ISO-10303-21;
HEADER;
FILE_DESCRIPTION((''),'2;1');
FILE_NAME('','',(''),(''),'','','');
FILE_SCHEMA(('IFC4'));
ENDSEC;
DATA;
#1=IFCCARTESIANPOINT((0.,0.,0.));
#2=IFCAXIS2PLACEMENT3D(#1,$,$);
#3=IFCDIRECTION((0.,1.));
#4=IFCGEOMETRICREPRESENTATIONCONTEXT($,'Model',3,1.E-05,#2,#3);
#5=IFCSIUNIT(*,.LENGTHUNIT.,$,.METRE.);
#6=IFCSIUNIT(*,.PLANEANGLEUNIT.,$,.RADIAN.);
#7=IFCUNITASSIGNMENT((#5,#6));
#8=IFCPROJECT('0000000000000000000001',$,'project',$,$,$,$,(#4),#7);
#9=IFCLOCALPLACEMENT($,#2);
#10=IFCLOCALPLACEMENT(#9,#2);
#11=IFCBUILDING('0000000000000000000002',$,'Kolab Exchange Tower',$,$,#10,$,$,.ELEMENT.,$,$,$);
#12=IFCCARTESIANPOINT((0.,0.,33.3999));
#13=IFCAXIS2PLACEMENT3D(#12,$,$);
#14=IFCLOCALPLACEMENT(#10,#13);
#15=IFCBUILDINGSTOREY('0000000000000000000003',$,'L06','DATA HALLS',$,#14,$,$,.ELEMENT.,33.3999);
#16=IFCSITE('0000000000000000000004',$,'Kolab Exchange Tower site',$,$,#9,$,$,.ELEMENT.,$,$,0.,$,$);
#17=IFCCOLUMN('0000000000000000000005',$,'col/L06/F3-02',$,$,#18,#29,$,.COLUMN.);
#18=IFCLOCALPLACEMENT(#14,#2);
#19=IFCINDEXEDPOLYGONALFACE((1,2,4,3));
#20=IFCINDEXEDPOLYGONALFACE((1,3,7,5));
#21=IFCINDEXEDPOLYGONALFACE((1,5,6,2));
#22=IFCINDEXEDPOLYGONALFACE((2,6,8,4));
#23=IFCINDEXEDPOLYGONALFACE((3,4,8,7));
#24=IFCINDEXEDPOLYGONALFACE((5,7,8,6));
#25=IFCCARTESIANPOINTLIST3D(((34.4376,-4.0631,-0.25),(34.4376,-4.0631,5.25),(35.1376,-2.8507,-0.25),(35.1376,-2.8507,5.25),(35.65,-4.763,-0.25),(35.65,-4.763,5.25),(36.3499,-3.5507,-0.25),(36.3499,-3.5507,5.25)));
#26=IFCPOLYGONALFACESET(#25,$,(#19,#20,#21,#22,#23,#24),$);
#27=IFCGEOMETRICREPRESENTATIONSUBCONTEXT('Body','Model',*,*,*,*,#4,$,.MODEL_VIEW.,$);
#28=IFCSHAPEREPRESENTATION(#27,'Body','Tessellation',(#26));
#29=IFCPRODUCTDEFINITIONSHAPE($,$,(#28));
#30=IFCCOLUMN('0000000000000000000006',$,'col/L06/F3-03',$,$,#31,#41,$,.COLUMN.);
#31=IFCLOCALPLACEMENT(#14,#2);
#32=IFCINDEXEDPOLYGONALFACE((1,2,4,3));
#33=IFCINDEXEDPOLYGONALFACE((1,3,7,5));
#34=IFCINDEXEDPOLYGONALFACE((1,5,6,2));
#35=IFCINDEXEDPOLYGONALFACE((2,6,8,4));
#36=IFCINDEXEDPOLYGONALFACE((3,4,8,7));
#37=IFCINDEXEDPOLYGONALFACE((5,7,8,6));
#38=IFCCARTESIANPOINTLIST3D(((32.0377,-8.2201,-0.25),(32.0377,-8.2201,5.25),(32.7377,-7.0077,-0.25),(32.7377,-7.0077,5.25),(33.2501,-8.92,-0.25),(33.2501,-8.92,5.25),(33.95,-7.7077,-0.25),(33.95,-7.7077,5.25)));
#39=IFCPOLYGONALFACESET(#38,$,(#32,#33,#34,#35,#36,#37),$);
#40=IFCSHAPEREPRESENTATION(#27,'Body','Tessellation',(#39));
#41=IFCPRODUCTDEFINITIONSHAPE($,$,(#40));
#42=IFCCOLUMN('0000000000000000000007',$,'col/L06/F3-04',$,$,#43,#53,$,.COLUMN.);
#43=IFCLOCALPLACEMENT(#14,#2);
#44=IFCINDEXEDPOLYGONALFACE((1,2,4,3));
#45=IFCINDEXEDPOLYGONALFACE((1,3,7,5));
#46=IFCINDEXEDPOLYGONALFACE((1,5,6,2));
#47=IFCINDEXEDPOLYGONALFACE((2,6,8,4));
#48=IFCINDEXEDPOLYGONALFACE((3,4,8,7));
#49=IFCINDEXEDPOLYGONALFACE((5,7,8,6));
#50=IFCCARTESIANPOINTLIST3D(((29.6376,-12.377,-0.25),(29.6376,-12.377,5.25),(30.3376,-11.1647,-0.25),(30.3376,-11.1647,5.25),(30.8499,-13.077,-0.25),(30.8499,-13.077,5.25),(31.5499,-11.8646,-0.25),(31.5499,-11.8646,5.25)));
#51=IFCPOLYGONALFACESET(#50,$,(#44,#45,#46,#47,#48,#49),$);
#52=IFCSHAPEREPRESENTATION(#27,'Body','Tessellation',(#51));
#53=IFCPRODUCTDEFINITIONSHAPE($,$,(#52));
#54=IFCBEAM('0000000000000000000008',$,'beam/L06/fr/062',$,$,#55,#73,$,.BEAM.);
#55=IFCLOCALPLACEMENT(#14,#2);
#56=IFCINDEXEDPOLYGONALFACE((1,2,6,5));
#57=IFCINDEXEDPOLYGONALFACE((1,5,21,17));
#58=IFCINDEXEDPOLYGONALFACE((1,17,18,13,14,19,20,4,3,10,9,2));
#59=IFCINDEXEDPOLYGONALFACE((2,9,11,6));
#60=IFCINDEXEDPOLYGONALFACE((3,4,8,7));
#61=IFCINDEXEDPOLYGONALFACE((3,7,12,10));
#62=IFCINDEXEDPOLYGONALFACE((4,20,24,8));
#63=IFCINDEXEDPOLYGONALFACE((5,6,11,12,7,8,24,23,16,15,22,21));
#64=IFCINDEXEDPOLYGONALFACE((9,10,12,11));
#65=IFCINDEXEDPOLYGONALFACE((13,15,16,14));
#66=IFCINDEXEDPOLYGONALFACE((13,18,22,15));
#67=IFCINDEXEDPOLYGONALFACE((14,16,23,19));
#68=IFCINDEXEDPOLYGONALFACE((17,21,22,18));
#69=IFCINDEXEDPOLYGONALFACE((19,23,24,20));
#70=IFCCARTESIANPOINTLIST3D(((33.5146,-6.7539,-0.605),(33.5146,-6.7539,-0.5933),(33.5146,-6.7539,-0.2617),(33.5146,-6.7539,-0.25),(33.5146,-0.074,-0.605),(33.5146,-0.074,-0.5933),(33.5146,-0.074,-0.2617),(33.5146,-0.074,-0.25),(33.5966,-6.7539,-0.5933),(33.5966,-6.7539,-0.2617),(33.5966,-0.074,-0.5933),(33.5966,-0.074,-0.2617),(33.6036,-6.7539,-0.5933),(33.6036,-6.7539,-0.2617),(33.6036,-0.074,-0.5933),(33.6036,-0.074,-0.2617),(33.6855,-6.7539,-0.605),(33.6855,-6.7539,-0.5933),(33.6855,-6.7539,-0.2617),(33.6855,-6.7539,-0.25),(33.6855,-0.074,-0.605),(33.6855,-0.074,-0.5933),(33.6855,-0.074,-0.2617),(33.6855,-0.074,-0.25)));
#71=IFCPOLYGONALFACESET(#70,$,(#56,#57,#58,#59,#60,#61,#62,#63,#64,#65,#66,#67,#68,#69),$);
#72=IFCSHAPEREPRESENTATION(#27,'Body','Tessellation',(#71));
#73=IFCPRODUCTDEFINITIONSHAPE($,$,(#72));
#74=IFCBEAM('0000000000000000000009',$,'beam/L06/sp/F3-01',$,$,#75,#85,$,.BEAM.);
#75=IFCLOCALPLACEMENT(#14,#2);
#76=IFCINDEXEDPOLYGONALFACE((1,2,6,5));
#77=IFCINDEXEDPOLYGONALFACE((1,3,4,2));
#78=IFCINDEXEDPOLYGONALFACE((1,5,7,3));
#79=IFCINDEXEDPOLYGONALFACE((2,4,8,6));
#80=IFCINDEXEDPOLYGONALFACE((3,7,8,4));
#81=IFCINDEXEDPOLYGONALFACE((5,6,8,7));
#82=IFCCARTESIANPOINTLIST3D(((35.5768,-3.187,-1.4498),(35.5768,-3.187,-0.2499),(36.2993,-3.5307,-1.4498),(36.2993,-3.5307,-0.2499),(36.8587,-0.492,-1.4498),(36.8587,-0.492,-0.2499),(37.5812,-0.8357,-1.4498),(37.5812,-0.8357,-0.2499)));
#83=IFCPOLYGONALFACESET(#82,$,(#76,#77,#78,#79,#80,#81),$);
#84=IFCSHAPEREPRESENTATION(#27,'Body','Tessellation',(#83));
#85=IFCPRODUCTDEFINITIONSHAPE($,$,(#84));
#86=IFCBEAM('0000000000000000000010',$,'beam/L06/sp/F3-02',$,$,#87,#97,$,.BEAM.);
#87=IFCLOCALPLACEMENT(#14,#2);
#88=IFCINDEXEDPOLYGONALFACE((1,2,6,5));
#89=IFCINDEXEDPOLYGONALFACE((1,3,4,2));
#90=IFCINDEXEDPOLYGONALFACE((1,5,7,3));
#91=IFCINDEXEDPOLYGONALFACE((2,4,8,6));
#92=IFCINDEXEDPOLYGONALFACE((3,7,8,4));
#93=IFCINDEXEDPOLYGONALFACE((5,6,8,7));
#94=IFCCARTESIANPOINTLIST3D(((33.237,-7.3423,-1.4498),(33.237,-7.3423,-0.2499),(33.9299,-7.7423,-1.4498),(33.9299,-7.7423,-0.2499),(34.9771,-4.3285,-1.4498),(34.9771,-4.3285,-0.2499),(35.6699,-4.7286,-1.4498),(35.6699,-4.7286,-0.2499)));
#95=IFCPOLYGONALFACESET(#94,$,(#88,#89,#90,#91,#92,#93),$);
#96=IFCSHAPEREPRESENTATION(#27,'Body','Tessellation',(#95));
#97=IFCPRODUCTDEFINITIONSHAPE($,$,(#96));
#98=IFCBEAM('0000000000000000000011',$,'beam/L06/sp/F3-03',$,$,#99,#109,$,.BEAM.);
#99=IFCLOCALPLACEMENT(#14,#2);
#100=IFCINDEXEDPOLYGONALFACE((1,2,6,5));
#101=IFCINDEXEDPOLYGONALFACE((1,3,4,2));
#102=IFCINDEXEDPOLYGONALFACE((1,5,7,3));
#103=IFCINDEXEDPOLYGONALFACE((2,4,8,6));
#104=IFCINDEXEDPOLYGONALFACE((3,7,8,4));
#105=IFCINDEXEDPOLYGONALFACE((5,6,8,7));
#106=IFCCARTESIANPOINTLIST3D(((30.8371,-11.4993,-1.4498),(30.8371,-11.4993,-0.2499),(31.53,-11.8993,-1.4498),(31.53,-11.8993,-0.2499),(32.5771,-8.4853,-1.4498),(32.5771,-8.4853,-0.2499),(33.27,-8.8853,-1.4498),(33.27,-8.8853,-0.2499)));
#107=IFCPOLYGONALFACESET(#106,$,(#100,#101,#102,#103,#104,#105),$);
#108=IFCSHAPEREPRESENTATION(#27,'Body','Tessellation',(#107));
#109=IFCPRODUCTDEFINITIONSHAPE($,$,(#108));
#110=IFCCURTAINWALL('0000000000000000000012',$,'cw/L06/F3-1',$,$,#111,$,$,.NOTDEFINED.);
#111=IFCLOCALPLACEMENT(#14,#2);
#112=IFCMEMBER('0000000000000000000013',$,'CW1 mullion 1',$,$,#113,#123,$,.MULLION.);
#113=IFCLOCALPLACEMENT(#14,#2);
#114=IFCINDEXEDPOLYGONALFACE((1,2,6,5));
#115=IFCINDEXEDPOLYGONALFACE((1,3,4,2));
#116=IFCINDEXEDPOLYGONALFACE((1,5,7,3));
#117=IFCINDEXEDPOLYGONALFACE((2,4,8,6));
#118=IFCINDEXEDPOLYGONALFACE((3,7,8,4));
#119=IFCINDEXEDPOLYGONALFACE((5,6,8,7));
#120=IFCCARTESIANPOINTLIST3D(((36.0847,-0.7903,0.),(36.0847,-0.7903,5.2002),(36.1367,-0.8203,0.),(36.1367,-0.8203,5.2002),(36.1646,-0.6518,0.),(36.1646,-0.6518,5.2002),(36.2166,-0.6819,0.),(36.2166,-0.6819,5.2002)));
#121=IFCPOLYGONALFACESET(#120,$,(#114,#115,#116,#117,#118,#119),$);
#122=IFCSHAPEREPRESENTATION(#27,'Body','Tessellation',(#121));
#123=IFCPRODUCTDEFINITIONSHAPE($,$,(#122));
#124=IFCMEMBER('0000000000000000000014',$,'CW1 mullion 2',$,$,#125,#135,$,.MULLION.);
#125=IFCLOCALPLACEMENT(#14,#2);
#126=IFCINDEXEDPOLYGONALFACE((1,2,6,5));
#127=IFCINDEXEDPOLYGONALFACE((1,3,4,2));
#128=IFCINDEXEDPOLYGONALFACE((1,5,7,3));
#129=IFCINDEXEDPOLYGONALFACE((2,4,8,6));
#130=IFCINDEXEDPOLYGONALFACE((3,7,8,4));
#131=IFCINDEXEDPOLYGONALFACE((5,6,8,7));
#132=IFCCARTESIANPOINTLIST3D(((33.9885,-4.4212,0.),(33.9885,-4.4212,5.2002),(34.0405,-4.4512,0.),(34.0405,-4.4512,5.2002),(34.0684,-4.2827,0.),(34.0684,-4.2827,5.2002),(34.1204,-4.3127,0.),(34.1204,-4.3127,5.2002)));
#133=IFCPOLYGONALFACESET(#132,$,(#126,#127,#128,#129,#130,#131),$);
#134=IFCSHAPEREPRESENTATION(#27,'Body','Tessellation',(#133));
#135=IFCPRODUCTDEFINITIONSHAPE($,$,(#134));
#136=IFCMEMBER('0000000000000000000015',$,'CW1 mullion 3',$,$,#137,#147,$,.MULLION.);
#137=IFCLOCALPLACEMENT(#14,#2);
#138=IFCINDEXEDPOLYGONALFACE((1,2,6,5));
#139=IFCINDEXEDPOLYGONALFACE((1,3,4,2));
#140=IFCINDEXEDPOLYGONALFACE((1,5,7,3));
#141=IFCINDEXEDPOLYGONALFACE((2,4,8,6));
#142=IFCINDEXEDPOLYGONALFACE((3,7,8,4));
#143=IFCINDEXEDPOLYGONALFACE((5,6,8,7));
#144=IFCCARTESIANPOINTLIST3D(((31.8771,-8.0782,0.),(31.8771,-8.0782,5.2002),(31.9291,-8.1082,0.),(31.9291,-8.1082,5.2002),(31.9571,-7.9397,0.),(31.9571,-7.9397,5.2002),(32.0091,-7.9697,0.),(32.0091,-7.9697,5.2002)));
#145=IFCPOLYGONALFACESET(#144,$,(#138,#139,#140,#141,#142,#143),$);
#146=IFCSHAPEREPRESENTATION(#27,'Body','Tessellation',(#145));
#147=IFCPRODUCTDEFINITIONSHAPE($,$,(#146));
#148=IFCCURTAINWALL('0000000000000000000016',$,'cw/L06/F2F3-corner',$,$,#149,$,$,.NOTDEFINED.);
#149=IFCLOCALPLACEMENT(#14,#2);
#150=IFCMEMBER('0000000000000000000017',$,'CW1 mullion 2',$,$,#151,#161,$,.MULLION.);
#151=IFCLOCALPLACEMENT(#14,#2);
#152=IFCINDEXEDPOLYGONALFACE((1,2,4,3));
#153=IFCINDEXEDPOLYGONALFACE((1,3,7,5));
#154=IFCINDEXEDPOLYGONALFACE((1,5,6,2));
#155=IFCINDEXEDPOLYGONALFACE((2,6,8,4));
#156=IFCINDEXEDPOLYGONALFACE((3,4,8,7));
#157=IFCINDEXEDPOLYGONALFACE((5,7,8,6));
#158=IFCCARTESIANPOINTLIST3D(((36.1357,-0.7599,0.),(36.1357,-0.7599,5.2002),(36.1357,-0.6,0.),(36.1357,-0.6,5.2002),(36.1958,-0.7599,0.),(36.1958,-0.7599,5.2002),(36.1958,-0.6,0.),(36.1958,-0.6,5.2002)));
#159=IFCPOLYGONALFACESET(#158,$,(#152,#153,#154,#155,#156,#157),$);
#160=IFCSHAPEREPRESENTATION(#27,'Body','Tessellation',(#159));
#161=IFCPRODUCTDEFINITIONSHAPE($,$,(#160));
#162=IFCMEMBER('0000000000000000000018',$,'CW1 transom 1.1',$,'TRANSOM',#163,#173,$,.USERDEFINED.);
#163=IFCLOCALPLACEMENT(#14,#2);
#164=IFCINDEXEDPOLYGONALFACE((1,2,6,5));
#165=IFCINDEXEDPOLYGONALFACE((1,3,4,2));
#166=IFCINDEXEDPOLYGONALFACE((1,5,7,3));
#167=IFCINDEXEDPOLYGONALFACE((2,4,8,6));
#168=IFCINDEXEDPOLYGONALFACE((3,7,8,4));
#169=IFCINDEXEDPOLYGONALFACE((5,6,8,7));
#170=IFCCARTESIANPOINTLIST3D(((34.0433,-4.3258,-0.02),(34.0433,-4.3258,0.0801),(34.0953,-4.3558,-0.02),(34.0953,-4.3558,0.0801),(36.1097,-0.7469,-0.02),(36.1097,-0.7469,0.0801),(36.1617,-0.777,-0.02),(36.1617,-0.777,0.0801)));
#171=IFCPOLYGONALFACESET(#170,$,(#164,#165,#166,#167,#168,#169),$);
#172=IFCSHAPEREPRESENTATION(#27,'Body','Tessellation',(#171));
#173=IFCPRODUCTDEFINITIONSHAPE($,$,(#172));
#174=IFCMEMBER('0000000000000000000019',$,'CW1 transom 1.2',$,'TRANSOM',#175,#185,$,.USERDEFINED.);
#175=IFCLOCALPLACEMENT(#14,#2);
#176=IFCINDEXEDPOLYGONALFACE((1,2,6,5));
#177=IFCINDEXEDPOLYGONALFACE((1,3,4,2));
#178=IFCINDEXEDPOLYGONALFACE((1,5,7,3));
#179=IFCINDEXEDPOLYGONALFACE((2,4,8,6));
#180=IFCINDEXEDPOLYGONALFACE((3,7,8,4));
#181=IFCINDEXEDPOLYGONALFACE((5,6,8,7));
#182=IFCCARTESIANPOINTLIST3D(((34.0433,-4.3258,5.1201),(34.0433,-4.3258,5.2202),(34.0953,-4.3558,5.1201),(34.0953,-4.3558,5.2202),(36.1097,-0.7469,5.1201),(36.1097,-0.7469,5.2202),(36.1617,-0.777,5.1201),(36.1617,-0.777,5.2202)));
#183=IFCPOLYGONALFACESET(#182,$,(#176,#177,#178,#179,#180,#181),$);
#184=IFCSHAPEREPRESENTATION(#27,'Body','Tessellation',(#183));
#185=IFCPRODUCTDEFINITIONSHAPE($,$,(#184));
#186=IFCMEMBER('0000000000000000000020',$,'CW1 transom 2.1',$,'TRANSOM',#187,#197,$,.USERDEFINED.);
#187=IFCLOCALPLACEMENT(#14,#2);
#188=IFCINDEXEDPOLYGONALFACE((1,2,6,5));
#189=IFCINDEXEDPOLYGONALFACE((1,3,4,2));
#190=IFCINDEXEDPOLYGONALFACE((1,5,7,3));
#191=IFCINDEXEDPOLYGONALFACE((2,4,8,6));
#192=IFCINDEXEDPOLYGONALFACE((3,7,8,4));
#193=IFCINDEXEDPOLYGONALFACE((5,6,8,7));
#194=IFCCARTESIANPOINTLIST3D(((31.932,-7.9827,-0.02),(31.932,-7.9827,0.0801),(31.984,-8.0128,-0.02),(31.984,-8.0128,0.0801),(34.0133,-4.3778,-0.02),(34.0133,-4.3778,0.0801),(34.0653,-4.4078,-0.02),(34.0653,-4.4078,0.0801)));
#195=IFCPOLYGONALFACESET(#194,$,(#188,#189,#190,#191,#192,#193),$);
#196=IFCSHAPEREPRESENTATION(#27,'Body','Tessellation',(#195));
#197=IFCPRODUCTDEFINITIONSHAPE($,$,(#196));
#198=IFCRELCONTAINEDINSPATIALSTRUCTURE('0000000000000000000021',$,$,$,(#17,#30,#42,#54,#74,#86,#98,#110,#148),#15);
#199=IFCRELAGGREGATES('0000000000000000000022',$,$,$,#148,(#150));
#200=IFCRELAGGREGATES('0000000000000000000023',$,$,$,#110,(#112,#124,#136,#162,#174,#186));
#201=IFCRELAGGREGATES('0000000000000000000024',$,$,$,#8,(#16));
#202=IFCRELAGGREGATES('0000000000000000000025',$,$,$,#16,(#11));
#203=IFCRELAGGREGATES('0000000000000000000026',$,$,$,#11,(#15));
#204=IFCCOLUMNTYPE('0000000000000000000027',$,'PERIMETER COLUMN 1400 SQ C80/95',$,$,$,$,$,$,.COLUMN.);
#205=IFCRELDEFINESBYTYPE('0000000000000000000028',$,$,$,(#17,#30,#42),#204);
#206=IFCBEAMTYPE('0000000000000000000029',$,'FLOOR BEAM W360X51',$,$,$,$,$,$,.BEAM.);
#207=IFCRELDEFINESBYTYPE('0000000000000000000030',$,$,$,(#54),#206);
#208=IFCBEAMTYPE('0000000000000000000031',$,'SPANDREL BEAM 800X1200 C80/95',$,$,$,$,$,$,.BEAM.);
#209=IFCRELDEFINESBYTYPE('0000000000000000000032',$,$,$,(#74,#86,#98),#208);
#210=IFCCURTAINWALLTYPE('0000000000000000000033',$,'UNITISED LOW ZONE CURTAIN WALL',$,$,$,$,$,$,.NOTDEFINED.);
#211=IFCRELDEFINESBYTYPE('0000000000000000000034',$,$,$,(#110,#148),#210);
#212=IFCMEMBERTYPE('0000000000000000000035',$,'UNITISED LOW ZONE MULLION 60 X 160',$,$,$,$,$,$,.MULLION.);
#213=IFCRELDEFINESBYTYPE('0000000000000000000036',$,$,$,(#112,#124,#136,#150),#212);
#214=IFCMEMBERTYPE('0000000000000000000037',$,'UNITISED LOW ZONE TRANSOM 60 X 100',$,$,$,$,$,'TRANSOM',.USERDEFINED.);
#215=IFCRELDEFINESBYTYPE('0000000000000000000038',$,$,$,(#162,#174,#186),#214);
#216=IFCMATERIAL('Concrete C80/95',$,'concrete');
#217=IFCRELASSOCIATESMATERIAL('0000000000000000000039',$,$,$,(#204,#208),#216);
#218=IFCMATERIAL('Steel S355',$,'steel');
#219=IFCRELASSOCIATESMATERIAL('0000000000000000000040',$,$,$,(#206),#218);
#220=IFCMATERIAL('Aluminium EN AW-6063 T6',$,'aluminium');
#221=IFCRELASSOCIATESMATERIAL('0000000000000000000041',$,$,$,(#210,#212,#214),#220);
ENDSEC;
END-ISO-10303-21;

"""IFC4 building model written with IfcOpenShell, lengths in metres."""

from ifc_helpers import new_model, si_unit, direction, frame, origin, origin_2d, place, context, subcontext, project, spatial, rectangle, i_section, extrude, material, material_profile, profile_set, type_object, element, aggregate, save


model = new_model("IFC4")

# Units and contexts
model_context = context("Model", 3, precision=1e-05, world=origin(), true_north=direction((0.0, 1.0)))
body_context = subcontext(model_context, "Body", "Model", "MODEL_VIEW")
ifc_project = project(units=[si_unit("LENGTHUNIT", "METRE"), si_unit("PLANEANGLEUNIT", "RADIAN")], contexts=[model_context])

# Site, building, storey
site_placement = place(None, origin())
site = spatial("IfcSite", under=ifc_project, at=site_placement, Name="Kolab Exchange Tower site", CompositionType="ELEMENT", RefElevation=0.0)
building_placement = place(site_placement, origin())
building = spatial("IfcBuilding", under=site, at=building_placement, Name="Kolab Exchange Tower", CompositionType="ELEMENT")
storey_placement = place(building_placement, frame((0.0, 0.0, 33.3999)))
storey = spatial("IfcBuildingStorey", under=building, at=storey_placement, Name="L06", Description="DATA HALLS", CompositionType="ELEMENT", Elevation=33.3999)

# Columns
ifc_material_1 = material(Name="Concrete C80/95", Category="concrete")
ifc_material_profile_1 = material_profile(ifc_material_1, rectangle(XDim=1.3999, YDim=1.3999, at=origin_2d()), Name="RC1400")
ifc_profile_set_1 = profile_set([ifc_material_profile_1], Name="Concrete C80/95")
column_type = type_object("IfcColumnType", Name="PERIMETER COLUMN 1400 SQ C80/95", PredefinedType="COLUMN", material=ifc_profile_set_1)
for number, where, z_axis, x_axis, name in (
    (1, (35.3938, -3.8069, -0.25), (0.0, 0.0, 1.0), (0.5, 0.866025, 0.0), "col/L06/F3-02"),
    (2, (32.9939, -7.9639, -0.25), (0.0, 0.0, 1.0), (0.5, 0.866025, 0.0), "col/L06/F3-03"),
    (3, (30.5938, -12.1208, -0.25), (0.0, 0.0, 1.0), (0.5, 0.866025, 0.0), "col/L06/F3-04"),
):
    element("IfcColumn", number, at=place(storey_placement, frame(where, z_axis=z_axis, x_axis=x_axis)), inside=storey, type_object=column_type, Name=name, PredefinedType="COLUMN", context=body_context, shape_type="SweptSolid", body=[
        extrude(rectangle(XDim=1.3999, YDim=1.3999, at=origin_2d()), origin(), (0.0, 0.0, 1.0), 5.5),
    ])

# Beams
ifc_material_2 = material(Name="Steel S355", Category="steel")
ifc_material_profile_2 = material_profile(ifc_material_2, i_section(OverallWidth=0.1709, OverallDepth=0.355, WebThickness=0.0071, FlangeThickness=0.0117, at=origin_2d()), Name="W360X51")
ifc_profile_set_2 = profile_set([ifc_material_profile_2], Name="Steel S355")
beam_type_1 = type_object("IfcBeamType", Name="FLOOR BEAM W360X51", PredefinedType="BEAM", material=ifc_profile_set_2)
beam_1_placement = place(storey_placement, frame((33.6001, -6.7539, -0.4275), z_axis=(0.0, 1.0, 0.0), x_axis=(-1.0, 0.0, 0.0)))
element("IfcBeam", 4, at=beam_1_placement, inside=storey, type_object=beam_type_1, Name="beam/L06/fr/062", PredefinedType="BEAM", context=body_context, shape_type="SweptSolid", body=[
    extrude(i_section(OverallWidth=0.1709, OverallDepth=0.355, WebThickness=0.0071, FlangeThickness=0.0117, at=origin_2d()), origin(), (0.0, 0.0, 1.0), 6.6799),
])
ifc_material_profile_3 = material_profile(ifc_material_1, rectangle(XDim=0.8, YDim=1.2, at=origin_2d()), Name="RC800X1200")
ifc_profile_set_3 = profile_set([ifc_material_profile_3], Name="Concrete C80/95")
beam_type_2 = type_object("IfcBeamType", Name="SPANDREL BEAM 800X1200 C80/95", PredefinedType="BEAM", material=ifc_profile_set_3)
beam_2_placement = place(storey_placement, frame((37.22, -0.6638, -0.8499), z_axis=(-0.429556, -0.90304, 0.0), x_axis=(0.90304, -0.429556, 0.0)))
element("IfcBeam", 5, at=beam_2_placement, inside=storey, type_object=beam_type_2, Name="beam/L06/sp/F3-01", PredefinedType="BEAM", context=body_context, shape_type="SweptSolid", body=[
    extrude(rectangle(XDim=0.8, YDim=1.2, at=origin_2d()), origin(), (0.0, 0.0, 1.0), 2.9844),
])
beam_3_placement = place(storey_placement, frame((35.3235, -4.5286, -0.8499), z_axis=(-0.50001, -0.86602, 0.0), x_axis=(0.86602, -0.50001, 0.0)))
element("IfcBeam", 6, at=beam_3_placement, inside=storey, type_object=beam_type_2, Name="beam/L06/sp/F3-02", PredefinedType="BEAM", context=body_context, shape_type="SweptSolid", body=[
    extrude(rectangle(XDim=0.8, YDim=1.2, at=origin_2d()), origin(), (0.0, 0.0, 1.0), 3.48),
])
beam_4_placement = place(storey_placement, frame((32.9236, -8.6853, -0.8499), z_axis=(-0.49998, -0.866037, 0.0), x_axis=(0.866037, -0.49998, 0.0)))
element("IfcBeam", 7, at=beam_4_placement, inside=storey, type_object=beam_type_2, Name="beam/L06/sp/F3-03", PredefinedType="BEAM", context=body_context, shape_type="SweptSolid", body=[
    extrude(rectangle(XDim=0.8, YDim=1.2, at=origin_2d()), origin(), (0.0, 0.0, 1.0), 3.4802),
])

# Curtain wall, members
ifc_material_3 = material(Name="Aluminium EN AW-6063 T6", Category="aluminium")
curtain_wall_type = type_object("IfcCurtainWallType", Name="UNITISED LOW ZONE CURTAIN WALL", PredefinedType="NOTDEFINED", material=ifc_material_3)
curtain_wall_1_placement = place(storey_placement, origin())
curtain_wall_1 = element("IfcCurtainWall", 8, at=curtain_wall_1_placement, inside=storey, type_object=curtain_wall_type, Name="cw/L06/F3-1", PredefinedType="NOTDEFINED")
ifc_material_profile_4 = material_profile(ifc_material_3, rectangle(XDim=0.0601, YDim=0.1599, at=origin_2d()), Name="RECT 60X160")
ifc_profile_set_4 = profile_set([ifc_material_profile_4], Name="Aluminium EN AW-6063 T6")
member_type_1 = type_object("IfcMemberType", Name="UNITISED LOW ZONE MULLION 60 X 160", PredefinedType="MULLION", material=ifc_profile_set_4)
member_1_placement = place(storey_placement, frame((36.1506, -0.7361, 0.0), z_axis=(0.0, 0.0, 1.0), x_axis=(0.866025, -0.5, 0.0)))
member_1 = element("IfcMember", 9, at=member_1_placement, type_object=member_type_1, Name="CW1 mullion 1", PredefinedType="MULLION", context=body_context, shape_type="SweptSolid", body=[
    extrude(rectangle(XDim=0.0601, YDim=0.1599, at=origin_2d()), origin(), (0.0, 0.0, 1.0), 5.2002),
])
member_2_placement = place(storey_placement, frame((34.0544, -4.3669, 0.0), z_axis=(0.0, 0.0, 1.0), x_axis=(0.866025, -0.5, 0.0)))
member_2 = element("IfcMember", 10, at=member_2_placement, type_object=member_type_1, Name="CW1 mullion 2", PredefinedType="MULLION", context=body_context, shape_type="SweptSolid", body=[
    extrude(rectangle(XDim=0.0601, YDim=0.1599, at=origin_2d()), origin(), (0.0, 0.0, 1.0), 5.2002),
])
member_3_placement = place(storey_placement, frame((31.9431, -8.0239, 0.0), z_axis=(0.0, 0.0, 1.0), x_axis=(0.866025, -0.5, 0.0)))
member_3 = element("IfcMember", 11, at=member_3_placement, type_object=member_type_1, Name="CW1 mullion 3", PredefinedType="MULLION", context=body_context, shape_type="SweptSolid", body=[
    extrude(rectangle(XDim=0.0601, YDim=0.1599, at=origin_2d()), origin(), (0.0, 0.0, 1.0), 5.2002),
])

# Curtain wall, member
curtain_wall_2_placement = place(storey_placement, origin())
curtain_wall_2 = element("IfcCurtainWall", 12, at=curtain_wall_2_placement, inside=storey, type_object=curtain_wall_type, Name="cw/L06/F2F3-corner", PredefinedType="NOTDEFINED")
member_4_placement = place(storey_placement, frame((36.1658, -0.6799, 0.0), z_axis=(0.0, 0.0, 1.0), x_axis=(1.0, 0.0, 0.0)))
member_4 = element("IfcMember", 13, at=member_4_placement, type_object=member_type_1, Name="CW1 mullion 2", PredefinedType="MULLION", context=body_context, shape_type="SweptSolid", body=[
    extrude(rectangle(XDim=0.0601, YDim=0.1599, at=origin_2d()), origin(), (0.0, 0.0, 1.0), 5.2002),
])
aggregate(curtain_wall_2, [member_4])

# Members
ifc_material_profile_5 = material_profile(ifc_material_3, rectangle(XDim=0.0601, YDim=0.1001, at=origin_2d()), Name="RECT 60X100")
ifc_profile_set_5 = profile_set([ifc_material_profile_5], Name="Aluminium EN AW-6063 T6")
member_type_2 = type_object("IfcMemberType", Name="UNITISED LOW ZONE TRANSOM 60 X 100", ElementType="TRANSOM", PredefinedType="USERDEFINED", material=ifc_profile_set_5)
member_5_placement = place(storey_placement, frame((36.1357, -0.762, 0.03), z_axis=(-0.500028, -0.866009, 0.0), x_axis=(0.866009, -0.500028, 0.0)))
member_5 = element("IfcMember", 14, at=member_5_placement, type_object=member_type_2, Name="CW1 transom 1.1", ObjectType="TRANSOM", PredefinedType="USERDEFINED", context=body_context, shape_type="SweptSolid", body=[
    extrude(rectangle(XDim=0.0601, YDim=0.1001, at=origin_2d()), origin(), (0.0, 0.0, 1.0), 4.1326),
])
member_6_placement = place(storey_placement, frame((36.1357, -0.762, 5.1702), z_axis=(-0.500028, -0.866009, 0.0), x_axis=(0.866009, -0.500028, 0.0)))
member_6 = element("IfcMember", 15, at=member_6_placement, type_object=member_type_2, Name="CW1 transom 1.2", ObjectType="TRANSOM", PredefinedType="USERDEFINED", context=body_context, shape_type="SweptSolid", body=[
    extrude(rectangle(XDim=0.0601, YDim=0.1001, at=origin_2d()), origin(), (0.0, 0.0, 1.0), 4.1326),
])
member_7_placement = place(storey_placement, frame((34.0393, -4.3928, 0.03), z_axis=(-0.499993, -0.866029, 0.0), x_axis=(0.866029, -0.499993, 0.0)))
member_7 = element("IfcMember", 16, at=member_7_placement, type_object=member_type_2, Name="CW1 transom 2.1", ObjectType="TRANSOM", PredefinedType="USERDEFINED", context=body_context, shape_type="SweptSolid", body=[
    extrude(rectangle(XDim=0.0601, YDim=0.1001, at=origin_2d()), origin(), (0.0, 0.0, 1.0), 4.1626),
])

aggregate(curtain_wall_1, [member_1, member_2, member_3, member_5, member_6, member_7])

save(model, "model.ifc")
